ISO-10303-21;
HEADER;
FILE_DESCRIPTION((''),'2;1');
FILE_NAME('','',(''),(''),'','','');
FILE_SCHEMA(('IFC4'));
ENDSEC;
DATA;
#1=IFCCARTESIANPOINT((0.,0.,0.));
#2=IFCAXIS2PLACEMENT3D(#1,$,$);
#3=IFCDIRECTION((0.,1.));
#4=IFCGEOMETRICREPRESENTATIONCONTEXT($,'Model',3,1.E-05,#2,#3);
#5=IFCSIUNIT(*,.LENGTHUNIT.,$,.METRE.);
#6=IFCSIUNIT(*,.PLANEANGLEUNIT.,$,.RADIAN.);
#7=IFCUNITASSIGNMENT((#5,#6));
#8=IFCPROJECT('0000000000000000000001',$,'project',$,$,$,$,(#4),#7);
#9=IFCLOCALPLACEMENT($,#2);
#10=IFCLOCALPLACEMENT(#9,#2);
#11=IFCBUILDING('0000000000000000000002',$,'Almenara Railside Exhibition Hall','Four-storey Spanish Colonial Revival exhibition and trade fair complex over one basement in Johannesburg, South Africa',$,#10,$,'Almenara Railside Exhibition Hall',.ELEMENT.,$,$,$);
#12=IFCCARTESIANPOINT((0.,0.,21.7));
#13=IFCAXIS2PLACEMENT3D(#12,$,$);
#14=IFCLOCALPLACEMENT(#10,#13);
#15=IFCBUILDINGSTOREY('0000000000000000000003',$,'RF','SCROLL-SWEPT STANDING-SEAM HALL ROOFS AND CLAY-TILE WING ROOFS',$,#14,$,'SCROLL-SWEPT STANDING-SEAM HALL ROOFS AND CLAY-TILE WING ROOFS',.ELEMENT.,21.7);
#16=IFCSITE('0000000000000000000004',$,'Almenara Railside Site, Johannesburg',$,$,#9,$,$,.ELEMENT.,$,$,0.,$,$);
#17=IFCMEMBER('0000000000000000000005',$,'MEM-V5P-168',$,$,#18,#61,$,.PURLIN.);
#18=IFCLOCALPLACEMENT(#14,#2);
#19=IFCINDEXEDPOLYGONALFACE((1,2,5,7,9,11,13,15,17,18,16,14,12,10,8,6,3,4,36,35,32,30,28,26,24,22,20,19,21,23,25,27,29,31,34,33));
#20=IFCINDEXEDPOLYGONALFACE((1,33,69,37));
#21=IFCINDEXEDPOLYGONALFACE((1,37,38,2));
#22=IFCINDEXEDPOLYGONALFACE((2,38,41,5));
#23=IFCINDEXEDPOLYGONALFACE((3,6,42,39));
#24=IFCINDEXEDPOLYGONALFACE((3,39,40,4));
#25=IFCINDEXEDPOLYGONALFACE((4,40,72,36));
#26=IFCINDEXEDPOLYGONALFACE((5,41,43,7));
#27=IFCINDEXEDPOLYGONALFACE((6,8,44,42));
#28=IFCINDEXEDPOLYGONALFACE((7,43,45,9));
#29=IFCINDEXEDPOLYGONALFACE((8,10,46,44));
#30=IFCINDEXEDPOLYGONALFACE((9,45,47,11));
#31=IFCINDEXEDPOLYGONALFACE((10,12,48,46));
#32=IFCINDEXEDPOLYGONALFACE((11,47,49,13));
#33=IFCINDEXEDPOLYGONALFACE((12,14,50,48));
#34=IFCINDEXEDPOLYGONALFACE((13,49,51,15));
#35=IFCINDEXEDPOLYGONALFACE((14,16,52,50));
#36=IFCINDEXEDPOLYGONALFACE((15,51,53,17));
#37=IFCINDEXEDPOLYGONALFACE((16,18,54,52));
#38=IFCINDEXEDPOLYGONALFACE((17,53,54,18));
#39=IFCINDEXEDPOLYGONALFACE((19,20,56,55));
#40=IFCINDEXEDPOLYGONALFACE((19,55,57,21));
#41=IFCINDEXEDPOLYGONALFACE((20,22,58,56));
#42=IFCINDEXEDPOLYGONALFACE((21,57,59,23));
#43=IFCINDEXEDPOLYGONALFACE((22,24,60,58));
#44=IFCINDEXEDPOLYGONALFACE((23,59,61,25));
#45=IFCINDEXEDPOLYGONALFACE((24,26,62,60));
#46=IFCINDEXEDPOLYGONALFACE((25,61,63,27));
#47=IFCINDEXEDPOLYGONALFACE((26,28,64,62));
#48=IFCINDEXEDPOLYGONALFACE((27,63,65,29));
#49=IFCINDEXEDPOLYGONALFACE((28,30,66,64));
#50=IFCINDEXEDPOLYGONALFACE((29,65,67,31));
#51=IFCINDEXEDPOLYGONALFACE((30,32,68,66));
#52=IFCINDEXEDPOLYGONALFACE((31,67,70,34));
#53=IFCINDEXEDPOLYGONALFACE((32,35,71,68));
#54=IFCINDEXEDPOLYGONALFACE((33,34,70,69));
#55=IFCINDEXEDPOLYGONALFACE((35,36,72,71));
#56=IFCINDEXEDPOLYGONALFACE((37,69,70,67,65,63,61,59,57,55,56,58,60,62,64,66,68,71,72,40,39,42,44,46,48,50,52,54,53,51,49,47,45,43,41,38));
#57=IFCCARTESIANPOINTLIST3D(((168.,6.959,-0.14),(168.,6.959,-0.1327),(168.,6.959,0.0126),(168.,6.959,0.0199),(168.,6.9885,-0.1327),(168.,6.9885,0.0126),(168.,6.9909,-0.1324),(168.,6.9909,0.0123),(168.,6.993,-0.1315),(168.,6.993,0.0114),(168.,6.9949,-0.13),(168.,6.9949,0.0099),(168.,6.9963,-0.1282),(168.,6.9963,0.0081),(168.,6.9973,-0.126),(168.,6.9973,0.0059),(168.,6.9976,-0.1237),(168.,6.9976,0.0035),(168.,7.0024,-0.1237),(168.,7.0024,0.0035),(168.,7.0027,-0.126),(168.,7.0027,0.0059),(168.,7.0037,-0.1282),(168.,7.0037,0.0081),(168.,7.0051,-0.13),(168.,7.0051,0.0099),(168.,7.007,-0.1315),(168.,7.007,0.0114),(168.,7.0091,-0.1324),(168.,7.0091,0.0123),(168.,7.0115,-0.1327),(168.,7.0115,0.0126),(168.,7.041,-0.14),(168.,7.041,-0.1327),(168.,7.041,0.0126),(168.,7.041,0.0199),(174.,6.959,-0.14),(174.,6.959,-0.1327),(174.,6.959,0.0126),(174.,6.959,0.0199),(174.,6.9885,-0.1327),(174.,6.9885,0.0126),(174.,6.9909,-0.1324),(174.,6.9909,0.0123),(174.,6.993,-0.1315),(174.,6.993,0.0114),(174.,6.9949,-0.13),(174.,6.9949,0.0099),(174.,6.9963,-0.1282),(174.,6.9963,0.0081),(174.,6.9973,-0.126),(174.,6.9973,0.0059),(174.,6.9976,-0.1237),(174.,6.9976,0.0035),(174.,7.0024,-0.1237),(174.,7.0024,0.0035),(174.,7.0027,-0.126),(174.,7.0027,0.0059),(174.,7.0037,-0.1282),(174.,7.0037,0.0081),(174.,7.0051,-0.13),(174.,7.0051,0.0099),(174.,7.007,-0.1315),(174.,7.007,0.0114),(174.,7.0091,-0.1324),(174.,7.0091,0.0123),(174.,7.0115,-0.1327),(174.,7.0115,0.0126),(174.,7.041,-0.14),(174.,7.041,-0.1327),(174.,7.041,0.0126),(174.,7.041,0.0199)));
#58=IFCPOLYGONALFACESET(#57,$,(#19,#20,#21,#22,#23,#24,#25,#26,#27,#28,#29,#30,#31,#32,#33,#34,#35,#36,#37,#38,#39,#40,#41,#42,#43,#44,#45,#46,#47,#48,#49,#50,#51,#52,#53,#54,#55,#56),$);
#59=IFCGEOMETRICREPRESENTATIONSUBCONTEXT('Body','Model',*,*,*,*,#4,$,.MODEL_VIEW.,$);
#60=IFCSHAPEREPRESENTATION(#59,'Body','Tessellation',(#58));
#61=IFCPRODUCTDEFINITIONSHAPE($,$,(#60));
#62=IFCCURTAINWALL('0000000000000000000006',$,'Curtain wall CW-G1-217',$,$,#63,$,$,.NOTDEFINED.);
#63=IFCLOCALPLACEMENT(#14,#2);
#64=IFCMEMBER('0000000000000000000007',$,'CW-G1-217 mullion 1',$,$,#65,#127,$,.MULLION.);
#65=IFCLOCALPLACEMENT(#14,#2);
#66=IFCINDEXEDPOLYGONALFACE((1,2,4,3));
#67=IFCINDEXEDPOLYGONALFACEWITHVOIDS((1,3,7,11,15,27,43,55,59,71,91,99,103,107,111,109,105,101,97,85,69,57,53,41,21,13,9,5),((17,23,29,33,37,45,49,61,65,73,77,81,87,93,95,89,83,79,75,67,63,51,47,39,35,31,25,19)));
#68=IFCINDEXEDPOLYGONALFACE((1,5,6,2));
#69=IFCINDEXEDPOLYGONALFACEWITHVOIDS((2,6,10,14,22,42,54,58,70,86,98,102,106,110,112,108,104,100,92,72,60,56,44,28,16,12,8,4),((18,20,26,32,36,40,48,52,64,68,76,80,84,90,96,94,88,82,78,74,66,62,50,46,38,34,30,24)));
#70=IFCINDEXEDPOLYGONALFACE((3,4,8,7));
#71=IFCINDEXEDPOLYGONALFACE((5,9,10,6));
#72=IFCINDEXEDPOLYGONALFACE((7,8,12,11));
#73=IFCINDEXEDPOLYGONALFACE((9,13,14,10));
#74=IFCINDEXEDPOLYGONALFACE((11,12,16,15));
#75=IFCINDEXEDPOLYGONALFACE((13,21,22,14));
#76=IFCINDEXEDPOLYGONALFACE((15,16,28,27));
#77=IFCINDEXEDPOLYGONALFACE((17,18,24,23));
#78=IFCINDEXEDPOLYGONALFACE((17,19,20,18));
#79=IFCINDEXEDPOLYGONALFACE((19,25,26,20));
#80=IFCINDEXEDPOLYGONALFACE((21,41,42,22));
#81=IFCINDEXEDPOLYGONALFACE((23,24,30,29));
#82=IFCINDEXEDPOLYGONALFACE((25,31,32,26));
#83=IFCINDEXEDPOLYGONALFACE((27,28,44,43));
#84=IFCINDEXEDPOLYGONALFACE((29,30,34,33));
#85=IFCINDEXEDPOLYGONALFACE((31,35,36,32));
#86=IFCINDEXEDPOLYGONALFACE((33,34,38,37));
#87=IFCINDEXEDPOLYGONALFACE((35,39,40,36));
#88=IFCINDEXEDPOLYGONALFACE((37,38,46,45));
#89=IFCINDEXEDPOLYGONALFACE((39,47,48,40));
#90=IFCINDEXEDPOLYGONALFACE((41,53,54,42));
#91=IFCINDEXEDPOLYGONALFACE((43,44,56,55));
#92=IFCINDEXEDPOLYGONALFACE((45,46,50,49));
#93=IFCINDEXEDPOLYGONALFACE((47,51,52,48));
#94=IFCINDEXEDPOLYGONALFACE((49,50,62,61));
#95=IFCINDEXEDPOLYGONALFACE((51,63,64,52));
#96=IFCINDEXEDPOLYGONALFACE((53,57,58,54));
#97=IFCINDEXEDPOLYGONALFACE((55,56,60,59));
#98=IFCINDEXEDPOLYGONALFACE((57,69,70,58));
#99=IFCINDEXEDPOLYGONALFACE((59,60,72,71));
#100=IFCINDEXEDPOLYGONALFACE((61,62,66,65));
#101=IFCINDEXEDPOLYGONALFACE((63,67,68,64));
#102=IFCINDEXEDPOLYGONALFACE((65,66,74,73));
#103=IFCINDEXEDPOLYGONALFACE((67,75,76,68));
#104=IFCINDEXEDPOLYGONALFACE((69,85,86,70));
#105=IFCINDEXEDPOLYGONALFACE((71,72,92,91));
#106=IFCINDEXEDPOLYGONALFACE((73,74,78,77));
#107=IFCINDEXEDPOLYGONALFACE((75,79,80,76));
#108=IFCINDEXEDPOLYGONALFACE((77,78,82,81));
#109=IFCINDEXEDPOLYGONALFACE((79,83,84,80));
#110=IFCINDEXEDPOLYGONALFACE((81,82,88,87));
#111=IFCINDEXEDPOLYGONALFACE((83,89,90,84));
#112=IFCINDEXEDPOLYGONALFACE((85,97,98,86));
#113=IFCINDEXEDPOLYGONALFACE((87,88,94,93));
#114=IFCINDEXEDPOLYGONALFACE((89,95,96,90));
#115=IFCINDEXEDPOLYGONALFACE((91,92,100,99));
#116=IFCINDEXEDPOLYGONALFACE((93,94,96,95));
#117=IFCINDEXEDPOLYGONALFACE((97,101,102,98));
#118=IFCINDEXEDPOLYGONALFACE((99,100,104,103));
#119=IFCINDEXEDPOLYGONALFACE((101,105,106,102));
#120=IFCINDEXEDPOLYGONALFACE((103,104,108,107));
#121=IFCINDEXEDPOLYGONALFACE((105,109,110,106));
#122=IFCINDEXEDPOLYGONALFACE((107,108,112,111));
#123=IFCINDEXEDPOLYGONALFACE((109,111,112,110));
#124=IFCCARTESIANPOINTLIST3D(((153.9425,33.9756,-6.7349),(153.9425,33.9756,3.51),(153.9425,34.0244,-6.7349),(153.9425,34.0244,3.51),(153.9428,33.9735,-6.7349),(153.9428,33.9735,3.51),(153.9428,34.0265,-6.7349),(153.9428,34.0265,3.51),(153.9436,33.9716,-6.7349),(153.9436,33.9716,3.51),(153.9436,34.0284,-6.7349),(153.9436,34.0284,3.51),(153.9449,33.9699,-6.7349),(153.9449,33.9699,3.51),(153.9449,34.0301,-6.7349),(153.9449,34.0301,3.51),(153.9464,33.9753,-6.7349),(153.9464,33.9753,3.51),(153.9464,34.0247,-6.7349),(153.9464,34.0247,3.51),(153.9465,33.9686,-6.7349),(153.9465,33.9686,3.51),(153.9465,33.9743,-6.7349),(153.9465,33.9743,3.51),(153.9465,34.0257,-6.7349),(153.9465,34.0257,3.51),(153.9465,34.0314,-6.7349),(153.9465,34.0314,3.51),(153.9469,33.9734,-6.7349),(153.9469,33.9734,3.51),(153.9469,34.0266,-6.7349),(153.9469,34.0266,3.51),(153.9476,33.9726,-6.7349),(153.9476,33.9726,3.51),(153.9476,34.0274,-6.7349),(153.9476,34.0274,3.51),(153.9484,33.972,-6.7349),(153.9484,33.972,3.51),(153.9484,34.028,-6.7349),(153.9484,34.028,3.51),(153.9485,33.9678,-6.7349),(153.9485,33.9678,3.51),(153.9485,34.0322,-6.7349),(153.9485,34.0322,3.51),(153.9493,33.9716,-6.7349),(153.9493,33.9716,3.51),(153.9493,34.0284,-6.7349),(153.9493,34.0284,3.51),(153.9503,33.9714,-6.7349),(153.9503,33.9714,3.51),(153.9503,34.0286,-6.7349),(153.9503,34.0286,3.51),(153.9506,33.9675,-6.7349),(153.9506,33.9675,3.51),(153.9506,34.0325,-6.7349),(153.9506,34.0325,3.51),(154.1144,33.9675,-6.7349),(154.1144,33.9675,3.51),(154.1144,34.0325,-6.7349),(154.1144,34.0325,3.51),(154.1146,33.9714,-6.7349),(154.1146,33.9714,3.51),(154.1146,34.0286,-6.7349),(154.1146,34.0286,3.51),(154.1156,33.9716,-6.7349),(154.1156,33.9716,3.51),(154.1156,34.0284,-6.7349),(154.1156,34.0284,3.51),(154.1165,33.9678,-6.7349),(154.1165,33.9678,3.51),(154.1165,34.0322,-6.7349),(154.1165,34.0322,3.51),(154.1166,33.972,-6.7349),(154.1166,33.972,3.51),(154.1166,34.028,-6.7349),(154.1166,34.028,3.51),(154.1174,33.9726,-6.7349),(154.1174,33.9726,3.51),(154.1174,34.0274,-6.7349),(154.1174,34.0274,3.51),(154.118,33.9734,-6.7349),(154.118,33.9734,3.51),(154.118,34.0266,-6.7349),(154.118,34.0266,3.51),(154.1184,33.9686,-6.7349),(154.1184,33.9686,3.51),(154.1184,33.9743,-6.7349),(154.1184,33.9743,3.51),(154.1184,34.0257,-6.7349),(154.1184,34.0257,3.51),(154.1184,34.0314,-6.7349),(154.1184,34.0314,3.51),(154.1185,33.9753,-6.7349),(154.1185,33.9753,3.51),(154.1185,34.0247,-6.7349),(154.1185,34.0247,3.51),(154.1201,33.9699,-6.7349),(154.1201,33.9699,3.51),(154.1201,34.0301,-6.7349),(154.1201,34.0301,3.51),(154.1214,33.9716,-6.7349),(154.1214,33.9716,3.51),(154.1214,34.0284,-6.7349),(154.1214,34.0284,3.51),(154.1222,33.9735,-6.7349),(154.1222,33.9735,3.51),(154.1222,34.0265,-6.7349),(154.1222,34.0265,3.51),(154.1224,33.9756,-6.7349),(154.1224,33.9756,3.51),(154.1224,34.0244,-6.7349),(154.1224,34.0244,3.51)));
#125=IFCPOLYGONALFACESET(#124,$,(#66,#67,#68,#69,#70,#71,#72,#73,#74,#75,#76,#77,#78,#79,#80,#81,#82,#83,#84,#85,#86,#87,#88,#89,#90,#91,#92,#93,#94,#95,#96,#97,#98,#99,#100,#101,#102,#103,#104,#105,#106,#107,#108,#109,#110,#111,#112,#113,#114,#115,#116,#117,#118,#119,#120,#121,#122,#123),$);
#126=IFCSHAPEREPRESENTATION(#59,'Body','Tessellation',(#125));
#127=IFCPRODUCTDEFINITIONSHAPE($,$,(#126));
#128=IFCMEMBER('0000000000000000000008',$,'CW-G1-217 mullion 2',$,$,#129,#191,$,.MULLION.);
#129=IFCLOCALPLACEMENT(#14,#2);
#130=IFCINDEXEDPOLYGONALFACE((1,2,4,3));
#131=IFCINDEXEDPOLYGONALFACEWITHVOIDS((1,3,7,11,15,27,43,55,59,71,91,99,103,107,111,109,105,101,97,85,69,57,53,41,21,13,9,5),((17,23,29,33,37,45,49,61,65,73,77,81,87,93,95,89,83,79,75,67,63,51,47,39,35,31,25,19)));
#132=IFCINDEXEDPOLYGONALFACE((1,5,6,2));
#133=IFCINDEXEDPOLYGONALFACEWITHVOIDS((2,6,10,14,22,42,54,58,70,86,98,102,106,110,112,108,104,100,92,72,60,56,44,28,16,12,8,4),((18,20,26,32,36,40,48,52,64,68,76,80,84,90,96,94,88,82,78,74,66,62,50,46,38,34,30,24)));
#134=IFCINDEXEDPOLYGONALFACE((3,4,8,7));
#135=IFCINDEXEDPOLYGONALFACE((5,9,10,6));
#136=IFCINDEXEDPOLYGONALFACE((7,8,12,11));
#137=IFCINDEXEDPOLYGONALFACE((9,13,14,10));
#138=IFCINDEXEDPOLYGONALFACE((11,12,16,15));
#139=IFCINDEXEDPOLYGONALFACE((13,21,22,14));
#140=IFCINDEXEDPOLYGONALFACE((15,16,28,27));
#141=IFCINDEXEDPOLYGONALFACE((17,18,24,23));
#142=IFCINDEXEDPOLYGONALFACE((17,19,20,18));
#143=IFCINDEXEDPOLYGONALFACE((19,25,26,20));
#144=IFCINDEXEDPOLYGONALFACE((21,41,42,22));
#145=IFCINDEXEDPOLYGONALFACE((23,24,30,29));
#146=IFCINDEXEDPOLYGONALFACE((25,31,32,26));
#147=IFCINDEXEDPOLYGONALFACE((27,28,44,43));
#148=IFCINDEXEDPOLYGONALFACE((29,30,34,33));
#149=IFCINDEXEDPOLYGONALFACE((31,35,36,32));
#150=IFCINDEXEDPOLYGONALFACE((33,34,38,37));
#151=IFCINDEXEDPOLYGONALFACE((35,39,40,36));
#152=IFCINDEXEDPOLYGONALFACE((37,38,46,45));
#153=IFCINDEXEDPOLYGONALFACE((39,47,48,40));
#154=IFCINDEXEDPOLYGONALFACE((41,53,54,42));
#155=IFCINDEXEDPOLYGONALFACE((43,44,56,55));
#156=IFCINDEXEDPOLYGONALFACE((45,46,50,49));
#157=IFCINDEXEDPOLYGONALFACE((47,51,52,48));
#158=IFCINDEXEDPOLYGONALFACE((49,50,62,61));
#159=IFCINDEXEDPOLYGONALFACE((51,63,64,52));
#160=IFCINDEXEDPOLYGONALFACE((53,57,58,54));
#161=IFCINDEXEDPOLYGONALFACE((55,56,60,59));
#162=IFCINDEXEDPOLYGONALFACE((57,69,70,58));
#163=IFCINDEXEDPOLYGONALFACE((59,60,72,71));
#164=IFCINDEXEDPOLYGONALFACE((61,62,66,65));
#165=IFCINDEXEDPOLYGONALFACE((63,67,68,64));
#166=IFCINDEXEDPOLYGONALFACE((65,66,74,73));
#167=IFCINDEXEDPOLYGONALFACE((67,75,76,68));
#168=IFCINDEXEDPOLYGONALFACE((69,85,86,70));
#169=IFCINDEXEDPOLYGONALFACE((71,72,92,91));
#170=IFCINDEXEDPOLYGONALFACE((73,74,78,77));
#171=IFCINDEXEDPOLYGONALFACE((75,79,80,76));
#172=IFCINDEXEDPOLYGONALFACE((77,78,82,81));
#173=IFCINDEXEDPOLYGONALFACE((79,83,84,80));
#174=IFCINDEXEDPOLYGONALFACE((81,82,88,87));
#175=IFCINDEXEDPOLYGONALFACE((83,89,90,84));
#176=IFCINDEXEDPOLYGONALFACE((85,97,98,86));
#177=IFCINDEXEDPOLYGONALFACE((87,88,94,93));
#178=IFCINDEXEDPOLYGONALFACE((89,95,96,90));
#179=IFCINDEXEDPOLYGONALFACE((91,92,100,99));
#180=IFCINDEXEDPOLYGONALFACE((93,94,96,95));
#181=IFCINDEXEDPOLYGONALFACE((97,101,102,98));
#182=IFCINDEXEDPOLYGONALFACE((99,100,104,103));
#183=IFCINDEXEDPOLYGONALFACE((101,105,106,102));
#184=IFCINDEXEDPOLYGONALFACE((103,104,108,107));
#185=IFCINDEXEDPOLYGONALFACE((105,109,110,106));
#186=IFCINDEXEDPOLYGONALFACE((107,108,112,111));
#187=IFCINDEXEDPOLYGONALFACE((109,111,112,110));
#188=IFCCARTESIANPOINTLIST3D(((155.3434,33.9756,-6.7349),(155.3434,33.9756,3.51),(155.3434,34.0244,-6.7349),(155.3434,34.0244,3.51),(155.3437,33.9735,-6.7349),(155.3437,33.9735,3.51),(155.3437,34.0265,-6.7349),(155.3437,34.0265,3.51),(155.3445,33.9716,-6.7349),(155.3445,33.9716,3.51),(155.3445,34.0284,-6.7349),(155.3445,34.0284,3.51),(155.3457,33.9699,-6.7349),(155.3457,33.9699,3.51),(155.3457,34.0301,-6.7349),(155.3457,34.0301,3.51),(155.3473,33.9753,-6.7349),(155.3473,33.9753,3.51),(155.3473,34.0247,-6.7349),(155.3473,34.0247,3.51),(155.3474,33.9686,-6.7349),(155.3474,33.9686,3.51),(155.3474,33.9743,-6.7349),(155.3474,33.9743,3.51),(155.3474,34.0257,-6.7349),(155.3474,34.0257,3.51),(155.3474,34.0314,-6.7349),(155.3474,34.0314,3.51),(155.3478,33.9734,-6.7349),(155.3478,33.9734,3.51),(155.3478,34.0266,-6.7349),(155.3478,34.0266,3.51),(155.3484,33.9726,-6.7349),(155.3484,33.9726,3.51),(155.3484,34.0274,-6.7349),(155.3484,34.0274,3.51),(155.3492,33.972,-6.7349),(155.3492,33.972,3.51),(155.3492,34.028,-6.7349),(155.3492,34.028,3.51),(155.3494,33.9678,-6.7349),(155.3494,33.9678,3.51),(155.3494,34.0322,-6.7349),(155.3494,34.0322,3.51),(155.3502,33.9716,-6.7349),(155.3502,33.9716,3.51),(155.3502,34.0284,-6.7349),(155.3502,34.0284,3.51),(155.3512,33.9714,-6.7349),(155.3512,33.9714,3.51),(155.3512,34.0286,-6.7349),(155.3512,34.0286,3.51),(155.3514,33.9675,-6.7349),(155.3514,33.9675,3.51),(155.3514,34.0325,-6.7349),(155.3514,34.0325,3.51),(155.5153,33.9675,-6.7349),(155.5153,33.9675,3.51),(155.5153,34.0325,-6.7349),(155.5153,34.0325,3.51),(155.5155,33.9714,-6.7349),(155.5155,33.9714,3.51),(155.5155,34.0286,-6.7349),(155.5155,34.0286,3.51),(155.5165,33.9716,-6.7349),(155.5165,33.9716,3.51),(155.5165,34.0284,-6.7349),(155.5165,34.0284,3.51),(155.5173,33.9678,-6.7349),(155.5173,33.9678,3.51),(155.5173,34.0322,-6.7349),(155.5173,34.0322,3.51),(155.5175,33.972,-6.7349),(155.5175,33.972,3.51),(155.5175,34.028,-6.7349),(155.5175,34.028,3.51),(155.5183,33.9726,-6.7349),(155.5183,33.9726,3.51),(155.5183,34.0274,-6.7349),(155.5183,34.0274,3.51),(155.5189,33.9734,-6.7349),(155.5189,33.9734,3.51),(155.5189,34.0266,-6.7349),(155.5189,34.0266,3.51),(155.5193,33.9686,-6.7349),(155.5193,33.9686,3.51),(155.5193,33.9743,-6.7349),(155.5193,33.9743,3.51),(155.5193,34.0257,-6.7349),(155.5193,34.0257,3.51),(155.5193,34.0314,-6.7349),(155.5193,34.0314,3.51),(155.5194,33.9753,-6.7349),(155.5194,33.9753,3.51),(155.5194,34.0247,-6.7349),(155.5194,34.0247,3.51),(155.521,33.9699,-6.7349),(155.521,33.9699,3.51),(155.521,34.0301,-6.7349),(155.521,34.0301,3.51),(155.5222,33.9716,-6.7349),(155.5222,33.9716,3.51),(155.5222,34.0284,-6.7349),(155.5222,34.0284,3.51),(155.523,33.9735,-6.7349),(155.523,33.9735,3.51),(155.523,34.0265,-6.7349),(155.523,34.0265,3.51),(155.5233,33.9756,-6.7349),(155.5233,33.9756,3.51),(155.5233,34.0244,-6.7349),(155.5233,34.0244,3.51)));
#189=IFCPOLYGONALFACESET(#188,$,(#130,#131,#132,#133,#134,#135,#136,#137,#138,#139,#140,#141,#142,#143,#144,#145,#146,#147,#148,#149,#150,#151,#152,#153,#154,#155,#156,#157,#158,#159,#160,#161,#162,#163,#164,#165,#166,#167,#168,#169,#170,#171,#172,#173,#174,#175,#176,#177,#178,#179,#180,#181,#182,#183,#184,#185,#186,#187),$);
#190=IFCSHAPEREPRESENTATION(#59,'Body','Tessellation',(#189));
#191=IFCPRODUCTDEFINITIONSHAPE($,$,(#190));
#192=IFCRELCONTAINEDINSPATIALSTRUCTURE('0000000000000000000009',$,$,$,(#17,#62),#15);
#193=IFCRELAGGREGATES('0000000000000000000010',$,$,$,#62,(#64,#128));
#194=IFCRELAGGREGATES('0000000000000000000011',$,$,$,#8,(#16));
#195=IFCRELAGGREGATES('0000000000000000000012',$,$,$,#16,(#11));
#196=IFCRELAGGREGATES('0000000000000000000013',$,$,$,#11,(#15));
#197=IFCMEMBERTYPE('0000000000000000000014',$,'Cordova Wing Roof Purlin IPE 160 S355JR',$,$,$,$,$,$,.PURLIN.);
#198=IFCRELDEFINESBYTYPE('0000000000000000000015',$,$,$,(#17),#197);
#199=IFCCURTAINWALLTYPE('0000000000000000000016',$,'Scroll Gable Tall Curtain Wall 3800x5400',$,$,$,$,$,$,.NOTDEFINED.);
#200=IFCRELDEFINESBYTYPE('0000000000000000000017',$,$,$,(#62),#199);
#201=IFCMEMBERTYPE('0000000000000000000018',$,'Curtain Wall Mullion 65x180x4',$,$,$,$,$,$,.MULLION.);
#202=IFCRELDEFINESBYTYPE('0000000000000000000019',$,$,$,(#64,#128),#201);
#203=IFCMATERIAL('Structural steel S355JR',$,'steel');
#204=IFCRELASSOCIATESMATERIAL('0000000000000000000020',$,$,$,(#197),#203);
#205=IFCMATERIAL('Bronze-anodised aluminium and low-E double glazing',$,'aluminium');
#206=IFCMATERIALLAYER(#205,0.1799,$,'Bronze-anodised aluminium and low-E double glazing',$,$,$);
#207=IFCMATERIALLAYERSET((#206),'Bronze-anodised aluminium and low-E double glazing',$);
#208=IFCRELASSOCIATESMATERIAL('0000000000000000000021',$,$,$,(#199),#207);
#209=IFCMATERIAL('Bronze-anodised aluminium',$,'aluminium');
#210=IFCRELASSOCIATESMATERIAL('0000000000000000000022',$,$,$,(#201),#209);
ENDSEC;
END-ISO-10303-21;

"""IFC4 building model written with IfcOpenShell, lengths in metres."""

from ifc_helpers import new_model, si_unit, direction, frame, origin, origin_2d, place, context, subcontext, project, spatial, hollow_rectangle, i_section, extrude, material, layer, layer_set, material_profile, profile_set, type_object, element, aggregate, save


model = new_model("IFC4")

# Units and contexts
model_context = context("Model", 3, precision=1e-05, world=origin(), true_north=direction((0.0, 1.0)))
body_context = subcontext(model_context, "Body", "Model", "MODEL_VIEW")
ifc_project = project(units=[si_unit("LENGTHUNIT", "METRE"), si_unit("PLANEANGLEUNIT", "RADIAN")], contexts=[model_context])

# Site, building, storey
site_placement = place(None, origin())
site = spatial("IfcSite", under=ifc_project, at=site_placement, Name="Almenara Railside Site, Johannesburg", CompositionType="ELEMENT", RefElevation=0.0)
building_placement = place(site_placement, origin())
building = spatial("IfcBuilding", under=site, at=building_placement, Name="Almenara Railside Exhibition Hall", Description="Four-storey Spanish Colonial Revival exhibition and trade fair complex over one basement in Johannesburg, South Africa", LongName="Almenara Railside Exhibition Hall", CompositionType="ELEMENT")
storey_placement = place(building_placement, frame((0.0, 0.0, 21.7)))
storey = spatial("IfcBuildingStorey", under=building, at=storey_placement, Name="RF", Description="SCROLL-SWEPT STANDING-SEAM HALL ROOFS AND CLAY-TILE WING ROOFS", LongName="SCROLL-SWEPT STANDING-SEAM HALL ROOFS AND CLAY-TILE WING ROOFS", CompositionType="ELEMENT", Elevation=21.7)

# Member
ifc_material_1 = material(Name="Structural steel S355JR", Category="steel")
ifc_material_profile_1 = material_profile(ifc_material_1, i_section(OverallWidth=0.082, OverallDepth=0.1599, WebThickness=0.0049, FlangeThickness=0.0073, FilletRadius=0.009, at=origin_2d()), Name="IPE 160")
ifc_profile_set_1 = profile_set([ifc_material_profile_1], Name="Structural steel S355JR")
member_type_1 = type_object("IfcMemberType", Name="Cordova Wing Roof Purlin IPE 160 S355JR", PredefinedType="PURLIN", material=ifc_profile_set_1)
for number, where, z_axis, x_axis, name in (
    (1, (168.0, 7.0, -0.0601), (1.0, 0.0, 0.0), (0.0, 1.0, 0.0), "MEM-V5P-168"),
):
    element("IfcMember", number, at=place(storey_placement, frame(where, z_axis=z_axis, x_axis=x_axis)), inside=storey, type_object=member_type_1, Name=name, PredefinedType="PURLIN", context=body_context, shape_type="SweptSolid", body=[
        extrude(i_section(OverallWidth=0.082, OverallDepth=0.1599, WebThickness=0.0049, FlangeThickness=0.0073, FilletRadius=0.009, at=origin_2d()), origin(), (0.0, 0.0, 1.0), 6.0),
    ])

# Curtain wall, members
ifc_material_2 = material(Name="Bronze-anodised aluminium and low-E double glazing", Category="aluminium")
ifc_layer_1 = layer(ifc_material_2, 0.1799, Name="Bronze-anodised aluminium and low-E double glazing")
ifc_layer_set_1 = layer_set([ifc_layer_1], Name="Bronze-anodised aluminium and low-E double glazing")
curtain_wall_type = type_object("IfcCurtainWallType", Name="Scroll Gable Tall Curtain Wall 3800x5400", PredefinedType="NOTDEFINED", material=ifc_layer_set_1)
curtain_wall_1_placement = place(storey_placement, origin())
curtain_wall_1 = element("IfcCurtainWall", 2, at=curtain_wall_1_placement, inside=storey, type_object=curtain_wall_type, Name="Curtain wall CW-G1-217", PredefinedType="NOTDEFINED")
ifc_material_3 = material(Name="Bronze-anodised aluminium", Category="aluminium")
ifc_material_profile_2 = material_profile(ifc_material_3, hollow_rectangle(XDim=0.0649, YDim=0.1799, WallThickness=0.0039, InnerFilletRadius=0.0039, OuterFilletRadius=0.0081, at=origin_2d()), Name="ALU-MUL 65x180x4")
ifc_profile_set_2 = profile_set([ifc_material_profile_2], Name="Bronze-anodised aluminium")
member_type_2 = type_object("IfcMemberType", Name="Curtain Wall Mullion 65x180x4", PredefinedType="MULLION", material=ifc_profile_set_2)
member_1_placement = place(storey_placement, frame((154.0325, 34.0, -6.7349), z_axis=(0.0, 0.0, 1.0), x_axis=(0.0, 1.0, 0.0)))
member_1 = element("IfcMember", 3, at=member_1_placement, type_object=member_type_2, Name="CW-G1-217 mullion 1", PredefinedType="MULLION", context=body_context, shape_type="SweptSolid", body=[
    extrude(hollow_rectangle(XDim=0.0649, YDim=0.1799, WallThickness=0.0039, InnerFilletRadius=0.0039, OuterFilletRadius=0.0081, at=origin_2d()), origin(), (0.0, 0.0, 1.0), 10.2449),
])
member_2_placement = place(storey_placement, frame((155.4333, 34.0, -6.7349), z_axis=(0.0, 0.0, 1.0), x_axis=(0.0, 1.0, 0.0)))
member_2 = element("IfcMember", 4, at=member_2_placement, type_object=member_type_2, Name="CW-G1-217 mullion 2", PredefinedType="MULLION", context=body_context, shape_type="SweptSolid", body=[
    extrude(hollow_rectangle(XDim=0.0649, YDim=0.1799, WallThickness=0.0039, InnerFilletRadius=0.0039, OuterFilletRadius=0.0081, at=origin_2d()), origin(), (0.0, 0.0, 1.0), 10.2449),
])

aggregate(curtain_wall_1, [member_1, member_2])

save(model, "model.ifc")
